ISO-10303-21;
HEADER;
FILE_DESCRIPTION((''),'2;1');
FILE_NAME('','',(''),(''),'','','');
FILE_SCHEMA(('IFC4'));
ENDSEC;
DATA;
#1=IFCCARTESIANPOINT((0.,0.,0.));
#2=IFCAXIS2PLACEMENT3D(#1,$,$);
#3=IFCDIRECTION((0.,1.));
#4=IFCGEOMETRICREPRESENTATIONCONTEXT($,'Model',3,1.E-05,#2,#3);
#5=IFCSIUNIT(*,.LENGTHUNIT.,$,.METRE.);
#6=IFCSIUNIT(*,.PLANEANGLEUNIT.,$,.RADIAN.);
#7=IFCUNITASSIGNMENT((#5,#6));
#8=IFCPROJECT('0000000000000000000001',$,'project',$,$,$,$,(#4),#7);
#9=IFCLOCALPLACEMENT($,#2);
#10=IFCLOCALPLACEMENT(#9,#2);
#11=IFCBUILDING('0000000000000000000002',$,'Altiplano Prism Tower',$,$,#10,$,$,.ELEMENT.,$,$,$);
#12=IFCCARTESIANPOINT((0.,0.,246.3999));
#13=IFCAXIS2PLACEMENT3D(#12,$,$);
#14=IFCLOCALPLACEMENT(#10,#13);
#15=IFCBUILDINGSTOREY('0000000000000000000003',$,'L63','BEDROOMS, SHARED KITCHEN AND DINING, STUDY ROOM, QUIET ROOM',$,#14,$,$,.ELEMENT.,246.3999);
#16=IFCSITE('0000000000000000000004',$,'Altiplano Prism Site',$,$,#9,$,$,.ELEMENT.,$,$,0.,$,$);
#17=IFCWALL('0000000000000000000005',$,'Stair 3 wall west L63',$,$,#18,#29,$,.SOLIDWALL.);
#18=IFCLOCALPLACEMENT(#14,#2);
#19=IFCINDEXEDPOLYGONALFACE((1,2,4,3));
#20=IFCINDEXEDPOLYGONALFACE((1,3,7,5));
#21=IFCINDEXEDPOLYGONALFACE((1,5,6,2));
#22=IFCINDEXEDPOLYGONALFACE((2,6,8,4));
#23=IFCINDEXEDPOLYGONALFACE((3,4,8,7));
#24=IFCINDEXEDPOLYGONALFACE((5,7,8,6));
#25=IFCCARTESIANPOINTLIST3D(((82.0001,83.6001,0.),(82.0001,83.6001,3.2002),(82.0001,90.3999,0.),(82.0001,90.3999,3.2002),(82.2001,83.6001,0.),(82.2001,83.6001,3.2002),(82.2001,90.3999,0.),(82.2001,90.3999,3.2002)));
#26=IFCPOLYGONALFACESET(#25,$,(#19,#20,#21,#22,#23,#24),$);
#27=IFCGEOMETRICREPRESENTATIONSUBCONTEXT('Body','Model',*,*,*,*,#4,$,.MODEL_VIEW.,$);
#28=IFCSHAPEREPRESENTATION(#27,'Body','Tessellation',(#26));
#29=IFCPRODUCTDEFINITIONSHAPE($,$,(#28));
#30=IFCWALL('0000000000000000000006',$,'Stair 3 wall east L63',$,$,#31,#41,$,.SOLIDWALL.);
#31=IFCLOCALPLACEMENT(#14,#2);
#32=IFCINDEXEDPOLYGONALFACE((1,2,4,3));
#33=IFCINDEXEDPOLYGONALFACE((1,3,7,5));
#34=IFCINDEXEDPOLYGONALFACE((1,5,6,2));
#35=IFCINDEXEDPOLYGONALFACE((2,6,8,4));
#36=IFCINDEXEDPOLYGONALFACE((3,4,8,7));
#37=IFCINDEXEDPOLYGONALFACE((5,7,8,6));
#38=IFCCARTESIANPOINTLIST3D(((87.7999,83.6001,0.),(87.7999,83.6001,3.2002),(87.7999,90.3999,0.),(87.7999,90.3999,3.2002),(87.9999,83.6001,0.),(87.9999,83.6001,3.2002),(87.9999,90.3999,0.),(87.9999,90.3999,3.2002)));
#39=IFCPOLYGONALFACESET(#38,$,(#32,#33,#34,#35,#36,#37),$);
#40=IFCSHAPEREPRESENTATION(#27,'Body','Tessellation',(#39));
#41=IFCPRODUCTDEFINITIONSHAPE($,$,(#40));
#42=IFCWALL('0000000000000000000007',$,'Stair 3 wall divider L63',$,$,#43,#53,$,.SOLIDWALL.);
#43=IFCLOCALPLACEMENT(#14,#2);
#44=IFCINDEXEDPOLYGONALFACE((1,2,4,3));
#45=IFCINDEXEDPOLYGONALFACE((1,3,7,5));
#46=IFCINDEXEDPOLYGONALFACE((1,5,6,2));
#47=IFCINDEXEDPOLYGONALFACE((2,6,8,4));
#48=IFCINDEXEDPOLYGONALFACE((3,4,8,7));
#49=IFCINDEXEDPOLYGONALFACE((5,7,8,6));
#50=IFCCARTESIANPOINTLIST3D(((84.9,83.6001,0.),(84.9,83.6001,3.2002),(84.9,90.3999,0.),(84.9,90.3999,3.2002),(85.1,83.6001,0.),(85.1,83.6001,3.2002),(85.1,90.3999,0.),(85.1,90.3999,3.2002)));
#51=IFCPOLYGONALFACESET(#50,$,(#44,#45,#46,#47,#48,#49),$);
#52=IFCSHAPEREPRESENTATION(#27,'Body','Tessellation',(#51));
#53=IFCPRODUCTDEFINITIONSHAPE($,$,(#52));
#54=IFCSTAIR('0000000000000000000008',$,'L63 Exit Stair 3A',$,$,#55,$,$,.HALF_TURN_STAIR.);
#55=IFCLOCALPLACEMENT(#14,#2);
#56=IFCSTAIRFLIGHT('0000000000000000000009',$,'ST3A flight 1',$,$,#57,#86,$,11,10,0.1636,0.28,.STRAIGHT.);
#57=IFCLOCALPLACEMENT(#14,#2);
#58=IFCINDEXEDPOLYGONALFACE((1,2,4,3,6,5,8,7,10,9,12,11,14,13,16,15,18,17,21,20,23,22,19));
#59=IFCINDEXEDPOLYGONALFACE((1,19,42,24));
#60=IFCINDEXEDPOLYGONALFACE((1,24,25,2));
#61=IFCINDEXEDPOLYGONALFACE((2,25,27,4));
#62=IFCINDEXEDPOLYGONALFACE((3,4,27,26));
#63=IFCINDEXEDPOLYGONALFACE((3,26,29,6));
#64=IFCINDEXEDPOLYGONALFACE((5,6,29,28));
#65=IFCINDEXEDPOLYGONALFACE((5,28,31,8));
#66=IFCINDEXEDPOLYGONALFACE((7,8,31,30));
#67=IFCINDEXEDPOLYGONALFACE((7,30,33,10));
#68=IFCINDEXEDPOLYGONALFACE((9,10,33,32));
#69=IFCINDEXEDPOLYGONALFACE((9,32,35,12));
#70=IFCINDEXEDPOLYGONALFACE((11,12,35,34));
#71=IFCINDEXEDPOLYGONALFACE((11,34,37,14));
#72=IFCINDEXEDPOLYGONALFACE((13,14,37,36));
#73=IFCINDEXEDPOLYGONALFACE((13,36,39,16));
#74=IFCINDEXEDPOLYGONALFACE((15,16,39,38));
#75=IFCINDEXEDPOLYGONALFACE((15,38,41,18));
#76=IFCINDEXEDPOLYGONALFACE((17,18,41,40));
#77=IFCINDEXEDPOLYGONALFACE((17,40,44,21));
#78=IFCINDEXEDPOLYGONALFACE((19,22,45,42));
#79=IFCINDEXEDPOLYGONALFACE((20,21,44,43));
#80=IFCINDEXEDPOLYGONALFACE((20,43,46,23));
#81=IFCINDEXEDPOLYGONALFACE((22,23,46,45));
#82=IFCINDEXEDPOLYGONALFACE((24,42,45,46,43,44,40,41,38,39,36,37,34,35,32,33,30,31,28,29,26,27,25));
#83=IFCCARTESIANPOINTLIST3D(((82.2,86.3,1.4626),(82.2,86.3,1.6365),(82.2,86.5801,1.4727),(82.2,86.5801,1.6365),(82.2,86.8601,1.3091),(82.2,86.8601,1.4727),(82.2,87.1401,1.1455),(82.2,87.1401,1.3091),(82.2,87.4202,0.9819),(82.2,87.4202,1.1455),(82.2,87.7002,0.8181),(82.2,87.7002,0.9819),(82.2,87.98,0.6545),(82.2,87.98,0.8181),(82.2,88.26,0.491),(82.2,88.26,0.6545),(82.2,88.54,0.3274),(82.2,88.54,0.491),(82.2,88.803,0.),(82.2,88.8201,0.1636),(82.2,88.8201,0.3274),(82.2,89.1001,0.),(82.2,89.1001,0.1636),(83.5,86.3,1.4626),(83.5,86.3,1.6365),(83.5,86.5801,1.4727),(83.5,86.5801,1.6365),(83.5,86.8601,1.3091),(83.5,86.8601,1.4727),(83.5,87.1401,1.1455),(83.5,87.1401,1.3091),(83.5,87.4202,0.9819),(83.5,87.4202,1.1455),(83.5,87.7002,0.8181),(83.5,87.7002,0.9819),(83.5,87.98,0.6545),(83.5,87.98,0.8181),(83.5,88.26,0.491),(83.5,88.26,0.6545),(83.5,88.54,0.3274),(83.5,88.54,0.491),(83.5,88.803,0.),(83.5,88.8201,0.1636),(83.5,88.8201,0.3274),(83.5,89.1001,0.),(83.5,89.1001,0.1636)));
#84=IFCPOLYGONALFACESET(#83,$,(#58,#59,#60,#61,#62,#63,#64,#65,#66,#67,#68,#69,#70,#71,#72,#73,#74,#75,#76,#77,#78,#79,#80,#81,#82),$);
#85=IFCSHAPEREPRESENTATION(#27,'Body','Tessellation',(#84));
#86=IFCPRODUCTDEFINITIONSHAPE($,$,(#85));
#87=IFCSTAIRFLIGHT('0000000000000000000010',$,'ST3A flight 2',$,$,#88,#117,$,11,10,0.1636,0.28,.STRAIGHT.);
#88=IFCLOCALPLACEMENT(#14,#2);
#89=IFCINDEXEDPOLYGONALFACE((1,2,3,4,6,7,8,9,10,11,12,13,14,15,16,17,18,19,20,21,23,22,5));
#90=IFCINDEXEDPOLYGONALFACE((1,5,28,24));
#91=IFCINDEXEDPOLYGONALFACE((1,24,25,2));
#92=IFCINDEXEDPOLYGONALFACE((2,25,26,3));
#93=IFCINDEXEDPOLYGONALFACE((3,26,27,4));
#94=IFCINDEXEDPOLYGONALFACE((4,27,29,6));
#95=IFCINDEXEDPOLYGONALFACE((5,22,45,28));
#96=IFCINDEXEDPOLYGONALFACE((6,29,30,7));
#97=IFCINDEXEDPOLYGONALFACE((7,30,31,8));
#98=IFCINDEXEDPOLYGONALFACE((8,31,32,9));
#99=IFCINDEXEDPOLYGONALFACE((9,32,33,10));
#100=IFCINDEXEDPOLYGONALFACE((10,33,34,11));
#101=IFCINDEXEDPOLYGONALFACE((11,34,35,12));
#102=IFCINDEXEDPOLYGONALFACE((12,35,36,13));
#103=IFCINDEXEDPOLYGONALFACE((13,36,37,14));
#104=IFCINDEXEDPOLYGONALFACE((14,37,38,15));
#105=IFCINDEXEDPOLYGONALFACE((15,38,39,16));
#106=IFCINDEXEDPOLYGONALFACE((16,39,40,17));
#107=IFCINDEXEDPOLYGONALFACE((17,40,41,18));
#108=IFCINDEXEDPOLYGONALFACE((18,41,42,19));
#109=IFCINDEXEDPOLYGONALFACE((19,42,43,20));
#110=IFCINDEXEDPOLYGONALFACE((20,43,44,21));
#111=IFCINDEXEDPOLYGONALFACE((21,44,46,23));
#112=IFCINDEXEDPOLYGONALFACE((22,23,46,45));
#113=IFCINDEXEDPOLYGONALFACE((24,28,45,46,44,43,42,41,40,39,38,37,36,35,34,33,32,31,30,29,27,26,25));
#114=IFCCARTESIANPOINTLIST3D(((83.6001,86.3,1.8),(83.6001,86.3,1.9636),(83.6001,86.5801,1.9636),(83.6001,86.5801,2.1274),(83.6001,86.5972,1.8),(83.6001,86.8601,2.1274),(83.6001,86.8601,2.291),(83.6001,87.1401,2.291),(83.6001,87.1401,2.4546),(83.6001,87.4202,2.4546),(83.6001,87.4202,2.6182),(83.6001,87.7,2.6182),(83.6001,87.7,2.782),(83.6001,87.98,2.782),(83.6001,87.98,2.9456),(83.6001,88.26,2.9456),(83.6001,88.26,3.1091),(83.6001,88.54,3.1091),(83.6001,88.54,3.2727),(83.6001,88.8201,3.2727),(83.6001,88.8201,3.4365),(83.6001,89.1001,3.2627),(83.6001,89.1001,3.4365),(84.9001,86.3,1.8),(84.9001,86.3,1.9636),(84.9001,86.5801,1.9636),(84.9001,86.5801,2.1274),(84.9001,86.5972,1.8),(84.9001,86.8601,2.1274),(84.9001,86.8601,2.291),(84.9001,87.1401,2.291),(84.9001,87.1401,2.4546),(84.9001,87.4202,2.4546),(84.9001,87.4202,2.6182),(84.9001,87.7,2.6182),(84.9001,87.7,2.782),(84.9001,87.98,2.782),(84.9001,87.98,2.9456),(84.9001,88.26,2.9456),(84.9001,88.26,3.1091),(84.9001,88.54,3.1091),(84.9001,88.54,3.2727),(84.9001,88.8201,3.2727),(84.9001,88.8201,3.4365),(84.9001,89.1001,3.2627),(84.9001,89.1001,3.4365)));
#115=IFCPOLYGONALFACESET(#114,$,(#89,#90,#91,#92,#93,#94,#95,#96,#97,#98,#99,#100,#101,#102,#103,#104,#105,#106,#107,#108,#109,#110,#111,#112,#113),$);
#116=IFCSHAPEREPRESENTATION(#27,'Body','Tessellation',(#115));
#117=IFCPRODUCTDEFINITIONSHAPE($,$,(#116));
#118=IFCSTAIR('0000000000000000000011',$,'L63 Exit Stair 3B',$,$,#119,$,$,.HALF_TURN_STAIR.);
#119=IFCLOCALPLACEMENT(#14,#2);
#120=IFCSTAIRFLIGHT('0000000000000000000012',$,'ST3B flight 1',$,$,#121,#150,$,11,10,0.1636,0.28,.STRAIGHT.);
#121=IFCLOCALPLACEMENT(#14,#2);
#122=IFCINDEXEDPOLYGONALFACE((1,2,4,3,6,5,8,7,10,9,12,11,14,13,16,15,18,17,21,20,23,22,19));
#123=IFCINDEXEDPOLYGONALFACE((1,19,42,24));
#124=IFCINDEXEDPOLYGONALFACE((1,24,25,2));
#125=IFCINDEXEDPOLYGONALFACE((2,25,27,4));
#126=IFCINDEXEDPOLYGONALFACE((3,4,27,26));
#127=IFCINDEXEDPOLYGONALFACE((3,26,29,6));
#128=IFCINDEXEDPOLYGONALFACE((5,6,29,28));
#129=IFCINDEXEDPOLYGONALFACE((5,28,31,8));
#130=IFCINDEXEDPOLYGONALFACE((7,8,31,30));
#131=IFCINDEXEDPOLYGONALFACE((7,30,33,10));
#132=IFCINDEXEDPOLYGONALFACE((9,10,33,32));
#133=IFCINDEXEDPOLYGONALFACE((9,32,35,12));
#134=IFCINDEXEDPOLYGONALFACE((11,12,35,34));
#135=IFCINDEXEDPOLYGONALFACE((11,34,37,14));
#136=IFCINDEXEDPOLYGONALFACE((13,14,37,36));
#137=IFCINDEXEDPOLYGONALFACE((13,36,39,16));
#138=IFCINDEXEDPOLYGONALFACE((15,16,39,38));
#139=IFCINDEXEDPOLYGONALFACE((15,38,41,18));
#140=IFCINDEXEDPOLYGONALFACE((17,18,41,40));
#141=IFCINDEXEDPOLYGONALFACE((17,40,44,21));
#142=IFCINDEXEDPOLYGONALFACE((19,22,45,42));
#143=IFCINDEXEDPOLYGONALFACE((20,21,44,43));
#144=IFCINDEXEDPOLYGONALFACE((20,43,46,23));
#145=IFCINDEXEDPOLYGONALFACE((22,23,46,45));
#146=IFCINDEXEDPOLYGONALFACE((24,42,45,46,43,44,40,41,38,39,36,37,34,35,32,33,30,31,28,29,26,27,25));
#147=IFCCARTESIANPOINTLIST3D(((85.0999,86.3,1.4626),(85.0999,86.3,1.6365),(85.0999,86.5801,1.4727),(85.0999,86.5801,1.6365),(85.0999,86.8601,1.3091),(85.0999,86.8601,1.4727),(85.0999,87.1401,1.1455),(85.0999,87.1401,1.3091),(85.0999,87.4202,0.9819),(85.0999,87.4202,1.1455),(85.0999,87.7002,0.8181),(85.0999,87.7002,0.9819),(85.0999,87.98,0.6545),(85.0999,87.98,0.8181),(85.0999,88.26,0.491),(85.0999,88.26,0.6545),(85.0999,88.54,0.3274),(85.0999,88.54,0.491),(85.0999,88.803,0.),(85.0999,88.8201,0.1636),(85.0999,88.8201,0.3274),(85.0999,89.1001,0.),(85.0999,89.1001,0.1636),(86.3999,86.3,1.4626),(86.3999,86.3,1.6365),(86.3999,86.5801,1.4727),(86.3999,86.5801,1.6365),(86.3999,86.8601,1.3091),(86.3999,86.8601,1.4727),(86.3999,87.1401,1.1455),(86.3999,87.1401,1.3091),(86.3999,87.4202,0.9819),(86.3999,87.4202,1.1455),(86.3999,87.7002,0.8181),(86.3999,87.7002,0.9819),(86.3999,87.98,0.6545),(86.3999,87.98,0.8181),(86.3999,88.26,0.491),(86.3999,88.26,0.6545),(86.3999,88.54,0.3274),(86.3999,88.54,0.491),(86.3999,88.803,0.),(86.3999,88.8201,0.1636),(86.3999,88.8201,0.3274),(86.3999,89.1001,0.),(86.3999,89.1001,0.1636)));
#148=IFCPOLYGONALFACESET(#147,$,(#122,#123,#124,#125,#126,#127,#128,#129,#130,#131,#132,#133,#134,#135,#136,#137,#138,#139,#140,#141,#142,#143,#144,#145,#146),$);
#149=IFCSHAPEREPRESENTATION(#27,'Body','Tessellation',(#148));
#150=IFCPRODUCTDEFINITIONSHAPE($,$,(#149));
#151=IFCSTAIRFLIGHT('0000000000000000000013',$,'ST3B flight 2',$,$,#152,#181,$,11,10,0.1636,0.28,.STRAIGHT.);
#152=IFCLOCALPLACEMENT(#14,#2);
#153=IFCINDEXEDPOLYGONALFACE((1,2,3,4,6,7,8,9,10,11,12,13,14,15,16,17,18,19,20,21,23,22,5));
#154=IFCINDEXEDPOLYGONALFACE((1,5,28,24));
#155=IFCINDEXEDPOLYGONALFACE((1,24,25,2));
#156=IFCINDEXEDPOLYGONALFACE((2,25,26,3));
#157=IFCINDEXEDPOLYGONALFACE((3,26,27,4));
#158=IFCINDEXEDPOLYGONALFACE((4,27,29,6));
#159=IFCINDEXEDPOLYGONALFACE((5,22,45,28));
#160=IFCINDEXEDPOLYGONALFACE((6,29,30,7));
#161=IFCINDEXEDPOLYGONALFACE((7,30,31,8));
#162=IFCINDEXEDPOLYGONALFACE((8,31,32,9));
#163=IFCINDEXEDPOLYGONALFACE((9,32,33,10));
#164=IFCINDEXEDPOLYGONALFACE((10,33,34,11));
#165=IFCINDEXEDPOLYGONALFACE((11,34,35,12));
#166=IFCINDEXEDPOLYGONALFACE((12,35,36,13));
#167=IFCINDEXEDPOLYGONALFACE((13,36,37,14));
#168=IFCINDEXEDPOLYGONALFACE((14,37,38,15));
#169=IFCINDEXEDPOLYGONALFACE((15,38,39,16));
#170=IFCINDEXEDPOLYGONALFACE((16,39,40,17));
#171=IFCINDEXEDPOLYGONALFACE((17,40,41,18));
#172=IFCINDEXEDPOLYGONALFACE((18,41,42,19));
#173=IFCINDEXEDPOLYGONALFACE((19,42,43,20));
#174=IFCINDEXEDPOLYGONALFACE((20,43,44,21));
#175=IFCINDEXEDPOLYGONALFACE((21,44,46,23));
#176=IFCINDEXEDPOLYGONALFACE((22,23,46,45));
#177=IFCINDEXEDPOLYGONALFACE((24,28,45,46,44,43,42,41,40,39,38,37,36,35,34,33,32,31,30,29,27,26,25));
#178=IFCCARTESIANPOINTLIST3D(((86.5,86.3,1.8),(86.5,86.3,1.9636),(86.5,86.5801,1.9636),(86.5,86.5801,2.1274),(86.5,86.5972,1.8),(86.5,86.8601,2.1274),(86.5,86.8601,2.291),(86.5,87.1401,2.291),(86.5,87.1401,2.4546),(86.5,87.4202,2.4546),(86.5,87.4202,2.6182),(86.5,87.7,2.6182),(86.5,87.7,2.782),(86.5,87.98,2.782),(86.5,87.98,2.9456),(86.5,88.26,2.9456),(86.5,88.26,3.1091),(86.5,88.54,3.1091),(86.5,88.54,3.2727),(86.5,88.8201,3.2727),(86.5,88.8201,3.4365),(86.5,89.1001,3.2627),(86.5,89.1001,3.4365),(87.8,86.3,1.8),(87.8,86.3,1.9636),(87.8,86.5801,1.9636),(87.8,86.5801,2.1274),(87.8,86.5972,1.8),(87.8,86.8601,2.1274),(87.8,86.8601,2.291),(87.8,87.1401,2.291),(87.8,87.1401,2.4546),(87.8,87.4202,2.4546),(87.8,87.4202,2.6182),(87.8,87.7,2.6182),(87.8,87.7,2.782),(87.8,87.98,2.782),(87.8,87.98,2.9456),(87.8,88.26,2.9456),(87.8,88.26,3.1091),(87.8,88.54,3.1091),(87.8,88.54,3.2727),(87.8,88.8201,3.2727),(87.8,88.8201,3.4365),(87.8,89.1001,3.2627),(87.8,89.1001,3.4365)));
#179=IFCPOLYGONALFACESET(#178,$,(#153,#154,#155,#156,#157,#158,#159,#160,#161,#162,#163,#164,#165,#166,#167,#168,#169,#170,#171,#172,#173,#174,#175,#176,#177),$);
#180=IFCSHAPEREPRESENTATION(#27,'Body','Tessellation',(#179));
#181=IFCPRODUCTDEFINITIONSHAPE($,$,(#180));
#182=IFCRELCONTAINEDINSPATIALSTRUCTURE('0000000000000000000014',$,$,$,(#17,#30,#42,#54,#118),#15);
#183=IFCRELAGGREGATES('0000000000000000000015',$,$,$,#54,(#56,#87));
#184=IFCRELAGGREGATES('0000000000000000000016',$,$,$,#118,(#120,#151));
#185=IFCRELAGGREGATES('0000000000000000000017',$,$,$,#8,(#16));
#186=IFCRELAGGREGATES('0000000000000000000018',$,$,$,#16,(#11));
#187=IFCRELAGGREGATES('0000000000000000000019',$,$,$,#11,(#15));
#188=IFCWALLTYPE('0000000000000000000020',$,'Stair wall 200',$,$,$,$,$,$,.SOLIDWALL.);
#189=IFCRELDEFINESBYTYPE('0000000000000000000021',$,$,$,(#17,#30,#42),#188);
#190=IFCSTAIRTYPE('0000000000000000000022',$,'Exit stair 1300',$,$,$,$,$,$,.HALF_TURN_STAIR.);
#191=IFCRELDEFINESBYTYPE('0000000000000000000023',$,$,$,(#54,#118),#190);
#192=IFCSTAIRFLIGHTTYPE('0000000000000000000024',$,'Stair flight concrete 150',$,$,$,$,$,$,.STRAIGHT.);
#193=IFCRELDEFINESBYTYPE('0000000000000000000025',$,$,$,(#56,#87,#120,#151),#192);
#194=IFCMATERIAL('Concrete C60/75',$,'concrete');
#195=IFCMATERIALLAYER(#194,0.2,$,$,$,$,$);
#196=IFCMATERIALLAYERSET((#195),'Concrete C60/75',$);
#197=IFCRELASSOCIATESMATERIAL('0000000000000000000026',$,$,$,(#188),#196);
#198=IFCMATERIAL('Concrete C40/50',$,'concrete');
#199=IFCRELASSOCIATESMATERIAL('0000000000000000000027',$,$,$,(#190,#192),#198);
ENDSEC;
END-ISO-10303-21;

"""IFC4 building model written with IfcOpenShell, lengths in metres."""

from ifc_helpers import new_model, si_unit, direction, frame, frame_2d, origin, place, context, subcontext, project, spatial, polyline, rectangle, outline, extrude, material, layer, layer_set, type_object, element, aggregate, save


model = new_model("IFC4")

# Units and contexts
model_context = context("Model", 3, precision=1e-05, world=origin(), true_north=direction((0.0, 1.0)))
body_context = subcontext(model_context, "Body", "Model", "MODEL_VIEW")
ifc_project = project(units=[si_unit("LENGTHUNIT", "METRE"), si_unit("PLANEANGLEUNIT", "RADIAN")], contexts=[model_context])

# Site, building, storey
site_placement = place(None, origin())
site = spatial("IfcSite", under=ifc_project, at=site_placement, Name="Altiplano Prism Site", CompositionType="ELEMENT", RefElevation=0.0)
building_placement = place(site_placement, origin())
building = spatial("IfcBuilding", under=site, at=building_placement, Name="Altiplano Prism Tower", CompositionType="ELEMENT")
storey_placement = place(building_placement, frame((0.0, 0.0, 246.3999)))
storey = spatial("IfcBuildingStorey", under=building, at=storey_placement, Name="L63", Description="BEDROOMS, SHARED KITCHEN AND DINING, STUDY ROOM, QUIET ROOM", CompositionType="ELEMENT", Elevation=246.3999)

# Shared definitions
ifc_material_1 = material(Name="Concrete C60/75", Category="concrete")

# Walls
ifc_layer_1 = layer(ifc_material_1, 0.2)
ifc_layer_set_1 = layer_set([ifc_layer_1], Name="Concrete C60/75")
wall_type_1 = type_object("IfcWallType", Name="Stair wall 200", PredefinedType="SOLIDWALL", material=ifc_layer_set_1)
for number, where, z_axis, x_axis, name in (
    (1, (82.1001, 83.6001, 0.0), (0.0, 0.0, 1.0), (0.0, 1.0, 0.0), "Stair 3 wall west L63"),
    (2, (87.8999, 83.6001, 0.0), (0.0, 0.0, 1.0), (0.0, 1.0, 0.0), "Stair 3 wall east L63"),
    (3, (85.0, 83.6001, 0.0), (0.0, 0.0, 1.0), (0.0, 1.0, 0.0), "Stair 3 wall divider L63"),
):
    element("IfcWall", number, at=place(storey_placement, frame(where, z_axis=z_axis, x_axis=x_axis)), inside=storey, type_object=wall_type_1, Name=name, PredefinedType="SOLIDWALL", context=body_context, shape_type="SweptSolid", body=[
        extrude(rectangle(XDim=6.7998, YDim=0.2, at=frame_2d((3.3999, 0.0))), origin(), (0.0, 0.0, 1.0), 3.2002),
    ])

# Stairs, stair flights
ifc_material_2 = material(Name="Concrete C40/50", Category="concrete")
stair_type = type_object("IfcStairType", Name="Exit stair 1300", PredefinedType="HALF_TURN_STAIR", material=ifc_material_2)
stair_1_placement = place(storey_placement, origin())
stair_1 = element("IfcStair", 4, at=stair_1_placement, inside=storey, type_object=stair_type, Name="L63 Exit Stair 3A", PredefinedType="HALF_TURN_STAIR")
stair_flight_type = type_object("IfcStairFlightType", Name="Stair flight concrete 150", PredefinedType="STRAIGHT", material=ifc_material_2)
stair_flight_1_placement = place(storey_placement, frame((82.8501, 89.1001, 0.0), z_axis=(0.0, 0.0, 1.0), x_axis=(0.0, -1.0, 0.0)))
stair_flight_1 = element("IfcStairFlight", 5, at=stair_flight_1_placement, type_object=stair_flight_type, Name="ST3A flight 1", NumberOfRisers=11, NumberOfTreads=10, PredefinedType="STRAIGHT", RiserHeight=0.1636, TreadLength=0.28, context=body_context, shape_type="SweptSolid", body=[
    extrude(outline(polyline([(0.0, 0.0), (0.0, 0.1636), (0.28, 0.1636), (0.28, 0.3274), (0.5601, 0.3274), (0.5601, 0.491), (0.8401, 0.491), (0.8401, 0.6545), (1.1201, 0.6545), (1.1201, 0.8181), (1.3999, 0.8181), (1.3999, 0.9819), (1.6799, 0.9819), (1.6799, 1.1455), (1.96, 1.1455), (1.96, 1.3091), (2.24, 1.3091), (2.24, 1.4727), (2.52, 1.4727), (2.52, 1.6365), (2.8, 1.6365), (2.8, 1.8), (2.8, 1.4626), (0.2971, 0.0), (0.0, 0.0)])), frame((0.0, 0.6499, 0.0), z_axis=(0.0, -1.0, 0.0), x_axis=(1.0, 0.0, 0.0)), (0.0, 0.0, 1.0), 1.3),
])
stair_flight_2_placement = place(storey_placement, frame((84.25, 86.3, 1.8), z_axis=(0.0, 0.0, 1.0), x_axis=(0.0, 1.0, 0.0)))
stair_flight_2 = element("IfcStairFlight", 6, at=stair_flight_2_placement, type_object=stair_flight_type, Name="ST3A flight 2", NumberOfRisers=11, NumberOfTreads=10, PredefinedType="STRAIGHT", RiserHeight=0.1636, TreadLength=0.28, context=body_context, shape_type="SweptSolid", body=[
    extrude(outline(polyline([(0.0, 0.0), (0.0, 0.1636), (0.28, 0.1636), (0.28, 0.3274), (0.5601, 0.3274), (0.5601, 0.491), (0.8401, 0.491), (0.8401, 0.6545), (1.1201, 0.6545), (1.1201, 0.8181), (1.3999, 0.8181), (1.3999, 0.9819), (1.6799, 0.9819), (1.6799, 1.1455), (1.96, 1.1455), (1.96, 1.3091), (2.24, 1.3091), (2.24, 1.4727), (2.52, 1.4727), (2.52, 1.6365), (2.8, 1.6365), (2.8, 1.8), (2.8, 1.4626), (0.2971, 0.0), (0.0, 0.0)])), frame((0.0, 0.6499, 0.0), z_axis=(0.0, -1.0, 0.0), x_axis=(1.0, 0.0, 0.0)), (0.0, 0.0, 1.0), 1.3),
])
aggregate(stair_1, [stair_flight_1, stair_flight_2])
stair_2_placement = place(storey_placement, origin())
stair_2 = element("IfcStair", 7, at=stair_2_placement, inside=storey, type_object=stair_type, Name="L63 Exit Stair 3B", PredefinedType="HALF_TURN_STAIR")
stair_flight_3_placement = place(storey_placement, frame((85.75, 89.1001, 0.0), z_axis=(0.0, 0.0, 1.0), x_axis=(0.0, -1.0, 0.0)))
stair_flight_3 = element("IfcStairFlight", 8, at=stair_flight_3_placement, type_object=stair_flight_type, Name="ST3B flight 1", NumberOfRisers=11, NumberOfTreads=10, PredefinedType="STRAIGHT", RiserHeight=0.1636, TreadLength=0.28, context=body_context, shape_type="SweptSolid", body=[
    extrude(outline(polyline([(0.0, 0.0), (0.0, 0.1636), (0.28, 0.1636), (0.28, 0.3274), (0.5601, 0.3274), (0.5601, 0.491), (0.8401, 0.491), (0.8401, 0.6545), (1.1201, 0.6545), (1.1201, 0.8181), (1.3999, 0.8181), (1.3999, 0.9819), (1.6799, 0.9819), (1.6799, 1.1455), (1.96, 1.1455), (1.96, 1.3091), (2.24, 1.3091), (2.24, 1.4727), (2.52, 1.4727), (2.52, 1.6365), (2.8, 1.6365), (2.8, 1.8), (2.8, 1.4626), (0.2971, 0.0), (0.0, 0.0)])), frame((0.0, 0.6499, 0.0), z_axis=(0.0, -1.0, 0.0), x_axis=(1.0, 0.0, 0.0)), (0.0, 0.0, 1.0), 1.3),
])
stair_flight_4_placement = place(storey_placement, frame((87.1499, 86.3, 1.8), z_axis=(0.0, 0.0, 1.0), x_axis=(0.0, 1.0, 0.0)))
stair_flight_4 = element("IfcStairFlight", 9, at=stair_flight_4_placement, type_object=stair_flight_type, Name="ST3B flight 2", NumberOfRisers=11, NumberOfTreads=10, PredefinedType="STRAIGHT", RiserHeight=0.1636, TreadLength=0.28, context=body_context, shape_type="SweptSolid", body=[
    extrude(outline(polyline([(0.0, 0.0), (0.0, 0.1636), (0.28, 0.1636), (0.28, 0.3274), (0.5601, 0.3274), (0.5601, 0.491), (0.8401, 0.491), (0.8401, 0.6545), (1.1201, 0.6545), (1.1201, 0.8181), (1.3999, 0.8181), (1.3999, 0.9819), (1.6799, 0.9819), (1.6799, 1.1455), (1.96, 1.1455), (1.96, 1.3091), (2.24, 1.3091), (2.24, 1.4727), (2.52, 1.4727), (2.52, 1.6365), (2.8, 1.6365), (2.8, 1.8), (2.8, 1.4626), (0.2971, 0.0), (0.0, 0.0)])), frame((0.0, 0.6499, 0.0), z_axis=(0.0, -1.0, 0.0), x_axis=(1.0, 0.0, 0.0)), (0.0, 0.0, 1.0), 1.3),
])
aggregate(stair_2, [stair_flight_3, stair_flight_4])

save(model, "model.ifc")
